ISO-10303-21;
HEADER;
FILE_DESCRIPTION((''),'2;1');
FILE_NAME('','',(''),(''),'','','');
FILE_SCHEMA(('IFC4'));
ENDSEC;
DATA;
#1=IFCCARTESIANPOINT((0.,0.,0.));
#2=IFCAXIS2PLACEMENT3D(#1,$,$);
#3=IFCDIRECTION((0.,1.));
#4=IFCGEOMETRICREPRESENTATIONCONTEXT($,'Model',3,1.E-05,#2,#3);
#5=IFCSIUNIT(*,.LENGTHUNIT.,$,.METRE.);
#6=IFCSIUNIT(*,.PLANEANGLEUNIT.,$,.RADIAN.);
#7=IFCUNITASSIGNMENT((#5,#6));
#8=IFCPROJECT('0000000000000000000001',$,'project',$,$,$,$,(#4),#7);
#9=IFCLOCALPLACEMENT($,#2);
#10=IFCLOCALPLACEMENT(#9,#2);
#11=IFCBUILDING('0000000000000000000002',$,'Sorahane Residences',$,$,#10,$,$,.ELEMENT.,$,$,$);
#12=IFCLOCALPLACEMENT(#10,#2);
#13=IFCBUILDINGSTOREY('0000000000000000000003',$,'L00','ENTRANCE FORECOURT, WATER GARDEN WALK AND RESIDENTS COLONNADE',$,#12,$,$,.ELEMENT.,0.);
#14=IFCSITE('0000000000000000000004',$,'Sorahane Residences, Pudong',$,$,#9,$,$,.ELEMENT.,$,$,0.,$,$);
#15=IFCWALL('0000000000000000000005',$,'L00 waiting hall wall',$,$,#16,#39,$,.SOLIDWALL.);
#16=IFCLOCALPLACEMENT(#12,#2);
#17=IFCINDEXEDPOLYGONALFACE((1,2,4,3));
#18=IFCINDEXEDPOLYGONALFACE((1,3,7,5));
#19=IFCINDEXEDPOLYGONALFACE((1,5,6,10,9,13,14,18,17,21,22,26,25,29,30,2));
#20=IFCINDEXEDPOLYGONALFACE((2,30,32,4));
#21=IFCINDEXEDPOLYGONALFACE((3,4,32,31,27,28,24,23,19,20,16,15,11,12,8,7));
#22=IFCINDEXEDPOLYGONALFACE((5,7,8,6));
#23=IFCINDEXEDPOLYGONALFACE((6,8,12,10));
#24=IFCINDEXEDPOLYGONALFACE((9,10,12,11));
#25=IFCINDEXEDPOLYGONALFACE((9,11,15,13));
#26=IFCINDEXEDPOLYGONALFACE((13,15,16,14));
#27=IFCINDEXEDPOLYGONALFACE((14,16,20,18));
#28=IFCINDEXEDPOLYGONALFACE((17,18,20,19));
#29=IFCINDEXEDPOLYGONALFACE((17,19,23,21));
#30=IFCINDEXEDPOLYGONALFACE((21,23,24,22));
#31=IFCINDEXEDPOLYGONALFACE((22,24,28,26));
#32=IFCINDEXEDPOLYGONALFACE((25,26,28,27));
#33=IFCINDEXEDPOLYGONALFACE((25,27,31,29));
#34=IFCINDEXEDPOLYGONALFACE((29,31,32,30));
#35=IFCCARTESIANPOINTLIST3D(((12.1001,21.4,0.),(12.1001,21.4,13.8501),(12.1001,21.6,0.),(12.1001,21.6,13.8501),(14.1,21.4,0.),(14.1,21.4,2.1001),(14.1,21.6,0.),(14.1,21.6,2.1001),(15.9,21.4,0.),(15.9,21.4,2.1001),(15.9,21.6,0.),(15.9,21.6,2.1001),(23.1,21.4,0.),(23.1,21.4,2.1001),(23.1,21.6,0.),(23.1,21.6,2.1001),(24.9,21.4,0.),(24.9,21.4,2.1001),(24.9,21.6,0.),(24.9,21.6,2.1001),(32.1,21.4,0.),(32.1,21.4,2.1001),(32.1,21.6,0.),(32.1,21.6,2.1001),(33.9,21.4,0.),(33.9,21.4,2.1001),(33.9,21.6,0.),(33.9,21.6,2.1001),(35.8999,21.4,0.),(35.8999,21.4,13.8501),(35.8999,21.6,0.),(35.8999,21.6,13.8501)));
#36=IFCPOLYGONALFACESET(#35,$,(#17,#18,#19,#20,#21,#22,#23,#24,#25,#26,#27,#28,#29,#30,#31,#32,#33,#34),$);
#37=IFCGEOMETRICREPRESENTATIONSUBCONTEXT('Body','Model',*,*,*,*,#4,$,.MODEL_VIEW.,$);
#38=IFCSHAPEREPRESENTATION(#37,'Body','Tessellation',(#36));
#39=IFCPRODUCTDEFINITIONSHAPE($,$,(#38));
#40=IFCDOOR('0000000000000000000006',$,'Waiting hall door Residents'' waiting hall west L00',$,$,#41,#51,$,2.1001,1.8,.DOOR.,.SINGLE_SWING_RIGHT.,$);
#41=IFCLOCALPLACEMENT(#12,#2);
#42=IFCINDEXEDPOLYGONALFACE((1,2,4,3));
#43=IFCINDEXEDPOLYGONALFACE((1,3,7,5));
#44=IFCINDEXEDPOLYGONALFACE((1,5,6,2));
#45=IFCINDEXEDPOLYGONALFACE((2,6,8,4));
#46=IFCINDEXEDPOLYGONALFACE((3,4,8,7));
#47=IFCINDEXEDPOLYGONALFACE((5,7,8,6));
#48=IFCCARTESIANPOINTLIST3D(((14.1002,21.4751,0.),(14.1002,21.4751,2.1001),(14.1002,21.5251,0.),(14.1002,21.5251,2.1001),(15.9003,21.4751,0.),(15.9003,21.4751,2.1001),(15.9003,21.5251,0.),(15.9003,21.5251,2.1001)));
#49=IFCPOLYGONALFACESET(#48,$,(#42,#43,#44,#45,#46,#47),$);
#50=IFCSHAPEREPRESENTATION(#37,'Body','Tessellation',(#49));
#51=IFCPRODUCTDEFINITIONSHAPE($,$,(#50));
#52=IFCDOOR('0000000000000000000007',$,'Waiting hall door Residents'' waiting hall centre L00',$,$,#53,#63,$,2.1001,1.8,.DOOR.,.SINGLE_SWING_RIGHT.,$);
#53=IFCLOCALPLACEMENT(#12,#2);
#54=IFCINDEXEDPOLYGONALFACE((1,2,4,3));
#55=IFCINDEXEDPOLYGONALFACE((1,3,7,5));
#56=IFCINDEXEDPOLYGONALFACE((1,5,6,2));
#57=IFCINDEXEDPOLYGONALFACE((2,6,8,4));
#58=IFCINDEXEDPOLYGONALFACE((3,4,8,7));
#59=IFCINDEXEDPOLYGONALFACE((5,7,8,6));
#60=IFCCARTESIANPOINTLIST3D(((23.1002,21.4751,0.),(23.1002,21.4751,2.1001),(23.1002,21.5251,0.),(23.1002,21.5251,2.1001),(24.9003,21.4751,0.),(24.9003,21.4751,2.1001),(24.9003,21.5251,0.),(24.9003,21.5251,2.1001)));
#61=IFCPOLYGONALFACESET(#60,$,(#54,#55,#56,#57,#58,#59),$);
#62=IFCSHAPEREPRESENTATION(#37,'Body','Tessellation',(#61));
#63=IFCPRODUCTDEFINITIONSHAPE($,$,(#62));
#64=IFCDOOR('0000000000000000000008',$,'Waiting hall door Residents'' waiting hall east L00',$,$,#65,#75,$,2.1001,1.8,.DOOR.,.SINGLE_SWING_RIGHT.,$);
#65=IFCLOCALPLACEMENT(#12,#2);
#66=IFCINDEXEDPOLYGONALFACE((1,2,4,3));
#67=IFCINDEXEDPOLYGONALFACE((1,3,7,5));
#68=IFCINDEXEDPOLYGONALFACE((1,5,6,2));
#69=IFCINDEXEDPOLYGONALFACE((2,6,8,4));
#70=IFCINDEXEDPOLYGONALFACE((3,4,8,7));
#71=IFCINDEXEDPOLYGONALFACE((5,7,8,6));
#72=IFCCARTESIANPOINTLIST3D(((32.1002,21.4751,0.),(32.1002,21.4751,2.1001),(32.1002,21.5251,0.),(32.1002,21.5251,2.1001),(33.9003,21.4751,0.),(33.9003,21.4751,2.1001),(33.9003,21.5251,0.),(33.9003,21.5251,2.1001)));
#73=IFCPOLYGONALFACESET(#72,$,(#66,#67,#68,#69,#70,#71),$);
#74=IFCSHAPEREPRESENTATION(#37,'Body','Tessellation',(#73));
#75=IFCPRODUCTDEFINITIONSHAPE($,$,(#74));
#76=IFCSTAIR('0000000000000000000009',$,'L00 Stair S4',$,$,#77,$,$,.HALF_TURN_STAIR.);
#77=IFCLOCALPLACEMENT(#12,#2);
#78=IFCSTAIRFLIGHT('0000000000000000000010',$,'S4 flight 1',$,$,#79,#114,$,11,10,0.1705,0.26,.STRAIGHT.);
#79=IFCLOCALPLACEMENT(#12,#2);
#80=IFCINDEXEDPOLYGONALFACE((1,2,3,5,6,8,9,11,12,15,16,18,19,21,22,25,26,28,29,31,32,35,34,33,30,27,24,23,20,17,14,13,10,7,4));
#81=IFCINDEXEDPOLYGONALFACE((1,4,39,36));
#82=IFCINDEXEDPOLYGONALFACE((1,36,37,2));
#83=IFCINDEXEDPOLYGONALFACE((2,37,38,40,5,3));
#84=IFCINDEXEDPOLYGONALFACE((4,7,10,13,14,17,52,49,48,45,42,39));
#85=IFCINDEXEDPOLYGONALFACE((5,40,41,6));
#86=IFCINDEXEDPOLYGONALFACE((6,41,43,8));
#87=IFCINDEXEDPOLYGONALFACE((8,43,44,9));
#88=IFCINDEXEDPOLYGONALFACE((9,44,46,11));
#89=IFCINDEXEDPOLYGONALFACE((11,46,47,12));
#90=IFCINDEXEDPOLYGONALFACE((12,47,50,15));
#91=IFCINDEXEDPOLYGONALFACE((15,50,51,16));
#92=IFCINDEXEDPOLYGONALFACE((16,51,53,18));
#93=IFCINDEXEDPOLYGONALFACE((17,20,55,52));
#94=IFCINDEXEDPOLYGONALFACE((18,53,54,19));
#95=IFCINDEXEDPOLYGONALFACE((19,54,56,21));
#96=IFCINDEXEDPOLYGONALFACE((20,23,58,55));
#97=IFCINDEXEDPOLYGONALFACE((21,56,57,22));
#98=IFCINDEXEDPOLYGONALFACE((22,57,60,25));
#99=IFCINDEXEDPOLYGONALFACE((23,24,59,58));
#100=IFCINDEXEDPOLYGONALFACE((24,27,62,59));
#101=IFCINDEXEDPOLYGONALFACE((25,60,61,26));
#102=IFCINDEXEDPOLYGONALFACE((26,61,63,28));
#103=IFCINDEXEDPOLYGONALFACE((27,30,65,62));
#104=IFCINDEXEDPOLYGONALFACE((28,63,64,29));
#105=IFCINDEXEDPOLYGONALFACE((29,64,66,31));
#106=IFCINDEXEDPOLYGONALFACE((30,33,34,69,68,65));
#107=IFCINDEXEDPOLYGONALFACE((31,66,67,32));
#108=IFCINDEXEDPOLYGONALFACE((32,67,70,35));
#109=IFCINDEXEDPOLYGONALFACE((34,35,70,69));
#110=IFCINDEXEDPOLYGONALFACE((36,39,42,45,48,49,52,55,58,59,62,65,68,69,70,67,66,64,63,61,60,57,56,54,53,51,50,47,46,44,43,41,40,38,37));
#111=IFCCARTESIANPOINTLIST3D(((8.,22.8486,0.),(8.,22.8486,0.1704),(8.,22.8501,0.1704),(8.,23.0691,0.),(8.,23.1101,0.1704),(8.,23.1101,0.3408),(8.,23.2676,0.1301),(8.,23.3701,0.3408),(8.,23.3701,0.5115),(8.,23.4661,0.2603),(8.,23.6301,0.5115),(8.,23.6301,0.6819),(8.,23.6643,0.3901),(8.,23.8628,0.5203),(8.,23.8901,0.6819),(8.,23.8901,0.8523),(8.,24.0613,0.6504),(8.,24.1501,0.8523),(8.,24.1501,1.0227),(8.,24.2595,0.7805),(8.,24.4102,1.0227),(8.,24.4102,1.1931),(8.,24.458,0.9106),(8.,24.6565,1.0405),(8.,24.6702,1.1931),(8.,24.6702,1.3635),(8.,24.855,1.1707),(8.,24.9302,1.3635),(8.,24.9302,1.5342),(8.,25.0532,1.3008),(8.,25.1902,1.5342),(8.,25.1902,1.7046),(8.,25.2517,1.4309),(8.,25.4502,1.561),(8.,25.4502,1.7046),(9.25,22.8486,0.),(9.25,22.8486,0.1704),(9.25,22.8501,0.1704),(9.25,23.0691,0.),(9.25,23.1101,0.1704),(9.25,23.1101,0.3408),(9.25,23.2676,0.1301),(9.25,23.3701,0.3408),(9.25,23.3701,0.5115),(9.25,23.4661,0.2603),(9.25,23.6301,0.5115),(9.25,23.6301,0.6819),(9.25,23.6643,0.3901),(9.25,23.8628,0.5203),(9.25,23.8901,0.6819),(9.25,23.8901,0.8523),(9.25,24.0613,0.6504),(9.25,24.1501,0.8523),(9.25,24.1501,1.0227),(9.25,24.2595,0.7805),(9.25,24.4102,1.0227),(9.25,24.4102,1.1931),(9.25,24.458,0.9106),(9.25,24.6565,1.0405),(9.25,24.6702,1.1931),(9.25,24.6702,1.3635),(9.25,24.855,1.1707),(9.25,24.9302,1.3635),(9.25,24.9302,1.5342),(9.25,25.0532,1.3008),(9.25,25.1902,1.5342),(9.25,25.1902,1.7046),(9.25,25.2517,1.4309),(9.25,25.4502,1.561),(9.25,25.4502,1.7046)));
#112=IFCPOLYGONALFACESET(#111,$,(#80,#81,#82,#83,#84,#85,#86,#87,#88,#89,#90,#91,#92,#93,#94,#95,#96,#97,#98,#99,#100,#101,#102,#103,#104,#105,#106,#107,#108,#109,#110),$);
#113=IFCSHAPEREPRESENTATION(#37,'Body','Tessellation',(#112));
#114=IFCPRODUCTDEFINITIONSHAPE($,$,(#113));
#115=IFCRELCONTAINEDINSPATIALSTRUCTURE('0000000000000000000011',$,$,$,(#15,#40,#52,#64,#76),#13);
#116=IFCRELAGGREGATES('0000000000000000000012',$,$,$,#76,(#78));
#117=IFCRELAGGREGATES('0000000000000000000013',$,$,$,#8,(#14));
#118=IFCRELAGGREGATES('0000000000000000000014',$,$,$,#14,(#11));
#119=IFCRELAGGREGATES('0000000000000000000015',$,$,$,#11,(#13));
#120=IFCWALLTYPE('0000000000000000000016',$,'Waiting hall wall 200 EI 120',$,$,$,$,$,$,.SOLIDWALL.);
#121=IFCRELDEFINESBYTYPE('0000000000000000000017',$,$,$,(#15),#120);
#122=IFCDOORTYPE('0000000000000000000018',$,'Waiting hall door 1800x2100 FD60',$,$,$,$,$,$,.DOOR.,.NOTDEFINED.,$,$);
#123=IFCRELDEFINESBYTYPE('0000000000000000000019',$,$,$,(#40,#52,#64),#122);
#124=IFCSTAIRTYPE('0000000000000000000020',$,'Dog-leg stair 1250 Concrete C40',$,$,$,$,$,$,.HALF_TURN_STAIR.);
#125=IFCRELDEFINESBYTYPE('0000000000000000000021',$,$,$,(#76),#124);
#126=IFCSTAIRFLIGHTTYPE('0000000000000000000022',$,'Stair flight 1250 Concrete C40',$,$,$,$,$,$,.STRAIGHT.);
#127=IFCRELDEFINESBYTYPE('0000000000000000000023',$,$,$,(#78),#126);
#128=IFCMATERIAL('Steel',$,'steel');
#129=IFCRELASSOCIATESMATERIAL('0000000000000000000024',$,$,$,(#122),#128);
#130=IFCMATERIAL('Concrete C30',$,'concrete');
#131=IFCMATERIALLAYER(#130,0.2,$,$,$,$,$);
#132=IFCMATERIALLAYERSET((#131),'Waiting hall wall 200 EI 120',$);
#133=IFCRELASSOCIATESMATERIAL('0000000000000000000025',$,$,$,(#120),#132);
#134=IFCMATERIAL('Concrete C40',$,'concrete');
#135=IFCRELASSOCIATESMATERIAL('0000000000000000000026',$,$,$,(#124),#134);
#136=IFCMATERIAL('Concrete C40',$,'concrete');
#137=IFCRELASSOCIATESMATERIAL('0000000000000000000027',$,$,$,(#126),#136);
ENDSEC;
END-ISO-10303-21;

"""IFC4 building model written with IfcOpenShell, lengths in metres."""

from ifc_helpers import new_model, si_unit, direction, frame, frame_2d, origin, place, context, subcontext, project, spatial, polyline, rectangle, outline, extrude, material, layer, layer_set, type_object, element, fill, aggregate, save


model = new_model("IFC4")

# Units and contexts
model_context = context("Model", 3, precision=1e-05, world=origin(), true_north=direction((0.0, 1.0)))
body_context = subcontext(model_context, "Body", "Model", "MODEL_VIEW")
ifc_project = project(units=[si_unit("LENGTHUNIT", "METRE"), si_unit("PLANEANGLEUNIT", "RADIAN")], contexts=[model_context])

# Site, building, storey
site_placement = place(None, origin())
site = spatial("IfcSite", under=ifc_project, at=site_placement, Name="Sorahane Residences, Pudong", CompositionType="ELEMENT", RefElevation=0.0)
building_placement = place(site_placement, origin())
building = spatial("IfcBuilding", under=site, at=building_placement, Name="Sorahane Residences", CompositionType="ELEMENT")
storey_placement = place(building_placement, origin())
storey = spatial("IfcBuildingStorey", under=building, at=storey_placement, Name="L00", Description="ENTRANCE FORECOURT, WATER GARDEN WALK AND RESIDENTS COLONNADE", CompositionType="ELEMENT", Elevation=0.0)

# Shared definitions
ifc_material_1 = material(Name="Steel", Category="steel")
door_type_1 = type_object("IfcDoorType", Name="Waiting hall door 1800x2100 FD60", OperationType="NOTDEFINED", PredefinedType="DOOR", material=ifc_material_1)

# Wall, openings, doors
ifc_material_2 = material(Name="Concrete C30", Category="concrete")
ifc_layer_1 = layer(ifc_material_2, 0.2)
ifc_layer_set_1 = layer_set([ifc_layer_1], Name="Waiting hall wall 200 EI 120")
wall_type_1 = type_object("IfcWallType", Name="Waiting hall wall 200 EI 120", PredefinedType="SOLIDWALL", material=ifc_layer_set_1)
wall_1_placement = place(storey_placement, frame((12.1001, 21.5, 0.0), z_axis=(0.0, 0.0, 1.0), x_axis=(1.0, 0.0, 0.0)))
wall_1 = element("IfcWall", 1, at=wall_1_placement, inside=storey, type_object=wall_type_1, Name="L00 waiting hall wall", PredefinedType="SOLIDWALL", context=body_context, shape_type="SweptSolid", body=[
    extrude(rectangle(XDim=23.7998, YDim=0.2, at=frame_2d((11.8999, 0.0))), origin(), (0.0, 0.0, 1.0), 13.8501),
])
opening_1_placement = place(wall_1_placement, frame((2.0, 0.0, 0.0)))
opening_1 = element("IfcOpeningElement", 2, at=opening_1_placement, cuts=wall_1, PredefinedType="OPENING", context=body_context, shape_type="SweptSolid", body=[
    extrude(rectangle(XDim=1.8, YDim=2.1001, at=frame_2d((0.8999, 1.05))), frame((0.0, 0.1099, 0.0), z_axis=(0.0, -1.0, 0.0), x_axis=(1.0, 0.0, 0.0)), (0.0, 0.0, 1.0), 0.22),
])
opening_2_placement = place(wall_1_placement, frame((11.0, 0.0, 0.0)))
opening_2 = element("IfcOpeningElement", 3, at=opening_2_placement, cuts=wall_1, PredefinedType="OPENING", context=body_context, shape_type="SweptSolid", body=[
    extrude(rectangle(XDim=1.8, YDim=2.1001, at=frame_2d((0.8999, 1.05))), frame((0.0, 0.1099, 0.0), z_axis=(0.0, -1.0, 0.0), x_axis=(1.0, 0.0, 0.0)), (0.0, 0.0, 1.0), 0.22),
])
opening_3_placement = place(wall_1_placement, frame((20.0, 0.0, 0.0)))
opening_3 = element("IfcOpeningElement", 4, at=opening_3_placement, cuts=wall_1, PredefinedType="OPENING", context=body_context, shape_type="SweptSolid", body=[
    extrude(rectangle(XDim=1.8, YDim=2.1001, at=frame_2d((0.8999, 1.05))), frame((0.0, 0.1099, 0.0), z_axis=(0.0, -1.0, 0.0), x_axis=(1.0, 0.0, 0.0)), (0.0, 0.0, 1.0), 0.22),
])
door_1_placement = place(opening_1_placement, frame((1.8, 0.0, 0.0), z_axis=(0.0, 0.0, 1.0), x_axis=(-1.0, 0.0, 0.0)))
door_1 = element("IfcDoor", 5, at=door_1_placement, inside=storey, type_object=door_type_1, Name="Waiting hall door Residents' waiting hall west L00", OperationType="SINGLE_SWING_RIGHT", OverallHeight=2.1001, OverallWidth=1.8, PredefinedType="DOOR", context=body_context, shape_type="SweptSolid", body=[
    extrude(rectangle(XDim=1.8, YDim=2.1001, at=frame_2d((0.8999, 1.05))), frame((0.0, 0.0249, 0.0), z_axis=(0.0, -1.0, 0.0), x_axis=(1.0, 0.0, 0.0)), (0.0, 0.0, 1.0), 0.05),
])
fill(opening_1, door_1)
door_2_placement = place(opening_2_placement, frame((1.8, 0.0, 0.0), z_axis=(0.0, 0.0, 1.0), x_axis=(-1.0, 0.0, 0.0)))
door_2 = element("IfcDoor", 6, at=door_2_placement, inside=storey, type_object=door_type_1, Name="Waiting hall door Residents' waiting hall centre L00", OperationType="SINGLE_SWING_RIGHT", OverallHeight=2.1001, OverallWidth=1.8, PredefinedType="DOOR", context=body_context, shape_type="SweptSolid", body=[
    extrude(rectangle(XDim=1.8, YDim=2.1001, at=frame_2d((0.8999, 1.05))), frame((0.0, 0.0249, 0.0), z_axis=(0.0, -1.0, 0.0), x_axis=(1.0, 0.0, 0.0)), (0.0, 0.0, 1.0), 0.05),
])
fill(opening_2, door_2)
door_3_placement = place(opening_3_placement, frame((1.8, 0.0, 0.0), z_axis=(0.0, 0.0, 1.0), x_axis=(-1.0, 0.0, 0.0)))
door_3 = element("IfcDoor", 7, at=door_3_placement, inside=storey, type_object=door_type_1, Name="Waiting hall door Residents' waiting hall east L00", OperationType="SINGLE_SWING_RIGHT", OverallHeight=2.1001, OverallWidth=1.8, PredefinedType="DOOR", context=body_context, shape_type="SweptSolid", body=[
    extrude(rectangle(XDim=1.8, YDim=2.1001, at=frame_2d((0.8999, 1.05))), frame((0.0, 0.0249, 0.0), z_axis=(0.0, -1.0, 0.0), x_axis=(1.0, 0.0, 0.0)), (0.0, 0.0, 1.0), 0.05),
])
fill(opening_3, door_3)

# Stair, stair flight
ifc_material_3 = material(Name="Concrete C40", Category="concrete")
stair_type = type_object("IfcStairType", Name="Dog-leg stair 1250 Concrete C40", PredefinedType="HALF_TURN_STAIR", material=ifc_material_3)
stair_placement = place(storey_placement, origin())
stair = element("IfcStair", 8, at=stair_placement, inside=storey, type_object=stair_type, Name="L00 Stair S4", PredefinedType="HALF_TURN_STAIR")
ifc_material_4 = material(Name="Concrete C40", Category="concrete")
stair_flight_type = type_object("IfcStairFlightType", Name="Stair flight 1250 Concrete C40", PredefinedType="STRAIGHT", material=ifc_material_4)
stair_flight_placement = place(storey_placement, frame((8.625, 22.8501, 0.0), z_axis=(0.0, 0.0, 1.0), x_axis=(0.0, 1.0, 0.0)))
stair_flight = element("IfcStairFlight", 9, at=stair_flight_placement, type_object=stair_flight_type, Name="S4 flight 1", NumberOfRisers=11, NumberOfTreads=10, PredefinedType="STRAIGHT", RiserHeight=0.1705, TreadLength=0.26, context=body_context, shape_type="SweptSolid", body=[
    extrude(outline(polyline([(-0.0015, 0.0), (-0.0015, 0.1704), (0.0, 0.1704), (0.26, 0.1704), (0.26, 0.3408), (0.52, 0.3408), (0.52, 0.5115), (0.78, 0.5115), (0.78, 0.6819), (1.04, 0.6819), (1.04, 0.8523), (1.3, 0.8523), (1.3, 1.0227), (1.5601, 1.0227), (1.5601, 1.1931), (1.8201, 1.1931), (1.8201, 1.3635), (2.0801, 1.3635), (2.0801, 1.5342), (2.3401, 1.5342), (2.3401, 1.7046), (2.6001, 1.7046), (2.6001, 1.875), (2.6001, 1.561), (2.4016, 1.4309), (2.2031, 1.3008), (2.0049, 1.1707), (1.8064, 1.0405), (1.6079, 0.9106), (1.4094, 0.7805), (1.2112, 0.6504), (1.0127, 0.5203), (0.8142, 0.3901), (0.616, 0.2603), (0.4175, 0.1301), (0.219, 0.0), (-0.0015, 0.0)])), frame((0.0, 0.625, 0.0), z_axis=(0.0, -1.0, 0.0), x_axis=(1.0, 0.0, 0.0)), (0.0, 0.0, 1.0), 1.25),
])
aggregate(stair, [stair_flight])

save(model, "model.ifc")
